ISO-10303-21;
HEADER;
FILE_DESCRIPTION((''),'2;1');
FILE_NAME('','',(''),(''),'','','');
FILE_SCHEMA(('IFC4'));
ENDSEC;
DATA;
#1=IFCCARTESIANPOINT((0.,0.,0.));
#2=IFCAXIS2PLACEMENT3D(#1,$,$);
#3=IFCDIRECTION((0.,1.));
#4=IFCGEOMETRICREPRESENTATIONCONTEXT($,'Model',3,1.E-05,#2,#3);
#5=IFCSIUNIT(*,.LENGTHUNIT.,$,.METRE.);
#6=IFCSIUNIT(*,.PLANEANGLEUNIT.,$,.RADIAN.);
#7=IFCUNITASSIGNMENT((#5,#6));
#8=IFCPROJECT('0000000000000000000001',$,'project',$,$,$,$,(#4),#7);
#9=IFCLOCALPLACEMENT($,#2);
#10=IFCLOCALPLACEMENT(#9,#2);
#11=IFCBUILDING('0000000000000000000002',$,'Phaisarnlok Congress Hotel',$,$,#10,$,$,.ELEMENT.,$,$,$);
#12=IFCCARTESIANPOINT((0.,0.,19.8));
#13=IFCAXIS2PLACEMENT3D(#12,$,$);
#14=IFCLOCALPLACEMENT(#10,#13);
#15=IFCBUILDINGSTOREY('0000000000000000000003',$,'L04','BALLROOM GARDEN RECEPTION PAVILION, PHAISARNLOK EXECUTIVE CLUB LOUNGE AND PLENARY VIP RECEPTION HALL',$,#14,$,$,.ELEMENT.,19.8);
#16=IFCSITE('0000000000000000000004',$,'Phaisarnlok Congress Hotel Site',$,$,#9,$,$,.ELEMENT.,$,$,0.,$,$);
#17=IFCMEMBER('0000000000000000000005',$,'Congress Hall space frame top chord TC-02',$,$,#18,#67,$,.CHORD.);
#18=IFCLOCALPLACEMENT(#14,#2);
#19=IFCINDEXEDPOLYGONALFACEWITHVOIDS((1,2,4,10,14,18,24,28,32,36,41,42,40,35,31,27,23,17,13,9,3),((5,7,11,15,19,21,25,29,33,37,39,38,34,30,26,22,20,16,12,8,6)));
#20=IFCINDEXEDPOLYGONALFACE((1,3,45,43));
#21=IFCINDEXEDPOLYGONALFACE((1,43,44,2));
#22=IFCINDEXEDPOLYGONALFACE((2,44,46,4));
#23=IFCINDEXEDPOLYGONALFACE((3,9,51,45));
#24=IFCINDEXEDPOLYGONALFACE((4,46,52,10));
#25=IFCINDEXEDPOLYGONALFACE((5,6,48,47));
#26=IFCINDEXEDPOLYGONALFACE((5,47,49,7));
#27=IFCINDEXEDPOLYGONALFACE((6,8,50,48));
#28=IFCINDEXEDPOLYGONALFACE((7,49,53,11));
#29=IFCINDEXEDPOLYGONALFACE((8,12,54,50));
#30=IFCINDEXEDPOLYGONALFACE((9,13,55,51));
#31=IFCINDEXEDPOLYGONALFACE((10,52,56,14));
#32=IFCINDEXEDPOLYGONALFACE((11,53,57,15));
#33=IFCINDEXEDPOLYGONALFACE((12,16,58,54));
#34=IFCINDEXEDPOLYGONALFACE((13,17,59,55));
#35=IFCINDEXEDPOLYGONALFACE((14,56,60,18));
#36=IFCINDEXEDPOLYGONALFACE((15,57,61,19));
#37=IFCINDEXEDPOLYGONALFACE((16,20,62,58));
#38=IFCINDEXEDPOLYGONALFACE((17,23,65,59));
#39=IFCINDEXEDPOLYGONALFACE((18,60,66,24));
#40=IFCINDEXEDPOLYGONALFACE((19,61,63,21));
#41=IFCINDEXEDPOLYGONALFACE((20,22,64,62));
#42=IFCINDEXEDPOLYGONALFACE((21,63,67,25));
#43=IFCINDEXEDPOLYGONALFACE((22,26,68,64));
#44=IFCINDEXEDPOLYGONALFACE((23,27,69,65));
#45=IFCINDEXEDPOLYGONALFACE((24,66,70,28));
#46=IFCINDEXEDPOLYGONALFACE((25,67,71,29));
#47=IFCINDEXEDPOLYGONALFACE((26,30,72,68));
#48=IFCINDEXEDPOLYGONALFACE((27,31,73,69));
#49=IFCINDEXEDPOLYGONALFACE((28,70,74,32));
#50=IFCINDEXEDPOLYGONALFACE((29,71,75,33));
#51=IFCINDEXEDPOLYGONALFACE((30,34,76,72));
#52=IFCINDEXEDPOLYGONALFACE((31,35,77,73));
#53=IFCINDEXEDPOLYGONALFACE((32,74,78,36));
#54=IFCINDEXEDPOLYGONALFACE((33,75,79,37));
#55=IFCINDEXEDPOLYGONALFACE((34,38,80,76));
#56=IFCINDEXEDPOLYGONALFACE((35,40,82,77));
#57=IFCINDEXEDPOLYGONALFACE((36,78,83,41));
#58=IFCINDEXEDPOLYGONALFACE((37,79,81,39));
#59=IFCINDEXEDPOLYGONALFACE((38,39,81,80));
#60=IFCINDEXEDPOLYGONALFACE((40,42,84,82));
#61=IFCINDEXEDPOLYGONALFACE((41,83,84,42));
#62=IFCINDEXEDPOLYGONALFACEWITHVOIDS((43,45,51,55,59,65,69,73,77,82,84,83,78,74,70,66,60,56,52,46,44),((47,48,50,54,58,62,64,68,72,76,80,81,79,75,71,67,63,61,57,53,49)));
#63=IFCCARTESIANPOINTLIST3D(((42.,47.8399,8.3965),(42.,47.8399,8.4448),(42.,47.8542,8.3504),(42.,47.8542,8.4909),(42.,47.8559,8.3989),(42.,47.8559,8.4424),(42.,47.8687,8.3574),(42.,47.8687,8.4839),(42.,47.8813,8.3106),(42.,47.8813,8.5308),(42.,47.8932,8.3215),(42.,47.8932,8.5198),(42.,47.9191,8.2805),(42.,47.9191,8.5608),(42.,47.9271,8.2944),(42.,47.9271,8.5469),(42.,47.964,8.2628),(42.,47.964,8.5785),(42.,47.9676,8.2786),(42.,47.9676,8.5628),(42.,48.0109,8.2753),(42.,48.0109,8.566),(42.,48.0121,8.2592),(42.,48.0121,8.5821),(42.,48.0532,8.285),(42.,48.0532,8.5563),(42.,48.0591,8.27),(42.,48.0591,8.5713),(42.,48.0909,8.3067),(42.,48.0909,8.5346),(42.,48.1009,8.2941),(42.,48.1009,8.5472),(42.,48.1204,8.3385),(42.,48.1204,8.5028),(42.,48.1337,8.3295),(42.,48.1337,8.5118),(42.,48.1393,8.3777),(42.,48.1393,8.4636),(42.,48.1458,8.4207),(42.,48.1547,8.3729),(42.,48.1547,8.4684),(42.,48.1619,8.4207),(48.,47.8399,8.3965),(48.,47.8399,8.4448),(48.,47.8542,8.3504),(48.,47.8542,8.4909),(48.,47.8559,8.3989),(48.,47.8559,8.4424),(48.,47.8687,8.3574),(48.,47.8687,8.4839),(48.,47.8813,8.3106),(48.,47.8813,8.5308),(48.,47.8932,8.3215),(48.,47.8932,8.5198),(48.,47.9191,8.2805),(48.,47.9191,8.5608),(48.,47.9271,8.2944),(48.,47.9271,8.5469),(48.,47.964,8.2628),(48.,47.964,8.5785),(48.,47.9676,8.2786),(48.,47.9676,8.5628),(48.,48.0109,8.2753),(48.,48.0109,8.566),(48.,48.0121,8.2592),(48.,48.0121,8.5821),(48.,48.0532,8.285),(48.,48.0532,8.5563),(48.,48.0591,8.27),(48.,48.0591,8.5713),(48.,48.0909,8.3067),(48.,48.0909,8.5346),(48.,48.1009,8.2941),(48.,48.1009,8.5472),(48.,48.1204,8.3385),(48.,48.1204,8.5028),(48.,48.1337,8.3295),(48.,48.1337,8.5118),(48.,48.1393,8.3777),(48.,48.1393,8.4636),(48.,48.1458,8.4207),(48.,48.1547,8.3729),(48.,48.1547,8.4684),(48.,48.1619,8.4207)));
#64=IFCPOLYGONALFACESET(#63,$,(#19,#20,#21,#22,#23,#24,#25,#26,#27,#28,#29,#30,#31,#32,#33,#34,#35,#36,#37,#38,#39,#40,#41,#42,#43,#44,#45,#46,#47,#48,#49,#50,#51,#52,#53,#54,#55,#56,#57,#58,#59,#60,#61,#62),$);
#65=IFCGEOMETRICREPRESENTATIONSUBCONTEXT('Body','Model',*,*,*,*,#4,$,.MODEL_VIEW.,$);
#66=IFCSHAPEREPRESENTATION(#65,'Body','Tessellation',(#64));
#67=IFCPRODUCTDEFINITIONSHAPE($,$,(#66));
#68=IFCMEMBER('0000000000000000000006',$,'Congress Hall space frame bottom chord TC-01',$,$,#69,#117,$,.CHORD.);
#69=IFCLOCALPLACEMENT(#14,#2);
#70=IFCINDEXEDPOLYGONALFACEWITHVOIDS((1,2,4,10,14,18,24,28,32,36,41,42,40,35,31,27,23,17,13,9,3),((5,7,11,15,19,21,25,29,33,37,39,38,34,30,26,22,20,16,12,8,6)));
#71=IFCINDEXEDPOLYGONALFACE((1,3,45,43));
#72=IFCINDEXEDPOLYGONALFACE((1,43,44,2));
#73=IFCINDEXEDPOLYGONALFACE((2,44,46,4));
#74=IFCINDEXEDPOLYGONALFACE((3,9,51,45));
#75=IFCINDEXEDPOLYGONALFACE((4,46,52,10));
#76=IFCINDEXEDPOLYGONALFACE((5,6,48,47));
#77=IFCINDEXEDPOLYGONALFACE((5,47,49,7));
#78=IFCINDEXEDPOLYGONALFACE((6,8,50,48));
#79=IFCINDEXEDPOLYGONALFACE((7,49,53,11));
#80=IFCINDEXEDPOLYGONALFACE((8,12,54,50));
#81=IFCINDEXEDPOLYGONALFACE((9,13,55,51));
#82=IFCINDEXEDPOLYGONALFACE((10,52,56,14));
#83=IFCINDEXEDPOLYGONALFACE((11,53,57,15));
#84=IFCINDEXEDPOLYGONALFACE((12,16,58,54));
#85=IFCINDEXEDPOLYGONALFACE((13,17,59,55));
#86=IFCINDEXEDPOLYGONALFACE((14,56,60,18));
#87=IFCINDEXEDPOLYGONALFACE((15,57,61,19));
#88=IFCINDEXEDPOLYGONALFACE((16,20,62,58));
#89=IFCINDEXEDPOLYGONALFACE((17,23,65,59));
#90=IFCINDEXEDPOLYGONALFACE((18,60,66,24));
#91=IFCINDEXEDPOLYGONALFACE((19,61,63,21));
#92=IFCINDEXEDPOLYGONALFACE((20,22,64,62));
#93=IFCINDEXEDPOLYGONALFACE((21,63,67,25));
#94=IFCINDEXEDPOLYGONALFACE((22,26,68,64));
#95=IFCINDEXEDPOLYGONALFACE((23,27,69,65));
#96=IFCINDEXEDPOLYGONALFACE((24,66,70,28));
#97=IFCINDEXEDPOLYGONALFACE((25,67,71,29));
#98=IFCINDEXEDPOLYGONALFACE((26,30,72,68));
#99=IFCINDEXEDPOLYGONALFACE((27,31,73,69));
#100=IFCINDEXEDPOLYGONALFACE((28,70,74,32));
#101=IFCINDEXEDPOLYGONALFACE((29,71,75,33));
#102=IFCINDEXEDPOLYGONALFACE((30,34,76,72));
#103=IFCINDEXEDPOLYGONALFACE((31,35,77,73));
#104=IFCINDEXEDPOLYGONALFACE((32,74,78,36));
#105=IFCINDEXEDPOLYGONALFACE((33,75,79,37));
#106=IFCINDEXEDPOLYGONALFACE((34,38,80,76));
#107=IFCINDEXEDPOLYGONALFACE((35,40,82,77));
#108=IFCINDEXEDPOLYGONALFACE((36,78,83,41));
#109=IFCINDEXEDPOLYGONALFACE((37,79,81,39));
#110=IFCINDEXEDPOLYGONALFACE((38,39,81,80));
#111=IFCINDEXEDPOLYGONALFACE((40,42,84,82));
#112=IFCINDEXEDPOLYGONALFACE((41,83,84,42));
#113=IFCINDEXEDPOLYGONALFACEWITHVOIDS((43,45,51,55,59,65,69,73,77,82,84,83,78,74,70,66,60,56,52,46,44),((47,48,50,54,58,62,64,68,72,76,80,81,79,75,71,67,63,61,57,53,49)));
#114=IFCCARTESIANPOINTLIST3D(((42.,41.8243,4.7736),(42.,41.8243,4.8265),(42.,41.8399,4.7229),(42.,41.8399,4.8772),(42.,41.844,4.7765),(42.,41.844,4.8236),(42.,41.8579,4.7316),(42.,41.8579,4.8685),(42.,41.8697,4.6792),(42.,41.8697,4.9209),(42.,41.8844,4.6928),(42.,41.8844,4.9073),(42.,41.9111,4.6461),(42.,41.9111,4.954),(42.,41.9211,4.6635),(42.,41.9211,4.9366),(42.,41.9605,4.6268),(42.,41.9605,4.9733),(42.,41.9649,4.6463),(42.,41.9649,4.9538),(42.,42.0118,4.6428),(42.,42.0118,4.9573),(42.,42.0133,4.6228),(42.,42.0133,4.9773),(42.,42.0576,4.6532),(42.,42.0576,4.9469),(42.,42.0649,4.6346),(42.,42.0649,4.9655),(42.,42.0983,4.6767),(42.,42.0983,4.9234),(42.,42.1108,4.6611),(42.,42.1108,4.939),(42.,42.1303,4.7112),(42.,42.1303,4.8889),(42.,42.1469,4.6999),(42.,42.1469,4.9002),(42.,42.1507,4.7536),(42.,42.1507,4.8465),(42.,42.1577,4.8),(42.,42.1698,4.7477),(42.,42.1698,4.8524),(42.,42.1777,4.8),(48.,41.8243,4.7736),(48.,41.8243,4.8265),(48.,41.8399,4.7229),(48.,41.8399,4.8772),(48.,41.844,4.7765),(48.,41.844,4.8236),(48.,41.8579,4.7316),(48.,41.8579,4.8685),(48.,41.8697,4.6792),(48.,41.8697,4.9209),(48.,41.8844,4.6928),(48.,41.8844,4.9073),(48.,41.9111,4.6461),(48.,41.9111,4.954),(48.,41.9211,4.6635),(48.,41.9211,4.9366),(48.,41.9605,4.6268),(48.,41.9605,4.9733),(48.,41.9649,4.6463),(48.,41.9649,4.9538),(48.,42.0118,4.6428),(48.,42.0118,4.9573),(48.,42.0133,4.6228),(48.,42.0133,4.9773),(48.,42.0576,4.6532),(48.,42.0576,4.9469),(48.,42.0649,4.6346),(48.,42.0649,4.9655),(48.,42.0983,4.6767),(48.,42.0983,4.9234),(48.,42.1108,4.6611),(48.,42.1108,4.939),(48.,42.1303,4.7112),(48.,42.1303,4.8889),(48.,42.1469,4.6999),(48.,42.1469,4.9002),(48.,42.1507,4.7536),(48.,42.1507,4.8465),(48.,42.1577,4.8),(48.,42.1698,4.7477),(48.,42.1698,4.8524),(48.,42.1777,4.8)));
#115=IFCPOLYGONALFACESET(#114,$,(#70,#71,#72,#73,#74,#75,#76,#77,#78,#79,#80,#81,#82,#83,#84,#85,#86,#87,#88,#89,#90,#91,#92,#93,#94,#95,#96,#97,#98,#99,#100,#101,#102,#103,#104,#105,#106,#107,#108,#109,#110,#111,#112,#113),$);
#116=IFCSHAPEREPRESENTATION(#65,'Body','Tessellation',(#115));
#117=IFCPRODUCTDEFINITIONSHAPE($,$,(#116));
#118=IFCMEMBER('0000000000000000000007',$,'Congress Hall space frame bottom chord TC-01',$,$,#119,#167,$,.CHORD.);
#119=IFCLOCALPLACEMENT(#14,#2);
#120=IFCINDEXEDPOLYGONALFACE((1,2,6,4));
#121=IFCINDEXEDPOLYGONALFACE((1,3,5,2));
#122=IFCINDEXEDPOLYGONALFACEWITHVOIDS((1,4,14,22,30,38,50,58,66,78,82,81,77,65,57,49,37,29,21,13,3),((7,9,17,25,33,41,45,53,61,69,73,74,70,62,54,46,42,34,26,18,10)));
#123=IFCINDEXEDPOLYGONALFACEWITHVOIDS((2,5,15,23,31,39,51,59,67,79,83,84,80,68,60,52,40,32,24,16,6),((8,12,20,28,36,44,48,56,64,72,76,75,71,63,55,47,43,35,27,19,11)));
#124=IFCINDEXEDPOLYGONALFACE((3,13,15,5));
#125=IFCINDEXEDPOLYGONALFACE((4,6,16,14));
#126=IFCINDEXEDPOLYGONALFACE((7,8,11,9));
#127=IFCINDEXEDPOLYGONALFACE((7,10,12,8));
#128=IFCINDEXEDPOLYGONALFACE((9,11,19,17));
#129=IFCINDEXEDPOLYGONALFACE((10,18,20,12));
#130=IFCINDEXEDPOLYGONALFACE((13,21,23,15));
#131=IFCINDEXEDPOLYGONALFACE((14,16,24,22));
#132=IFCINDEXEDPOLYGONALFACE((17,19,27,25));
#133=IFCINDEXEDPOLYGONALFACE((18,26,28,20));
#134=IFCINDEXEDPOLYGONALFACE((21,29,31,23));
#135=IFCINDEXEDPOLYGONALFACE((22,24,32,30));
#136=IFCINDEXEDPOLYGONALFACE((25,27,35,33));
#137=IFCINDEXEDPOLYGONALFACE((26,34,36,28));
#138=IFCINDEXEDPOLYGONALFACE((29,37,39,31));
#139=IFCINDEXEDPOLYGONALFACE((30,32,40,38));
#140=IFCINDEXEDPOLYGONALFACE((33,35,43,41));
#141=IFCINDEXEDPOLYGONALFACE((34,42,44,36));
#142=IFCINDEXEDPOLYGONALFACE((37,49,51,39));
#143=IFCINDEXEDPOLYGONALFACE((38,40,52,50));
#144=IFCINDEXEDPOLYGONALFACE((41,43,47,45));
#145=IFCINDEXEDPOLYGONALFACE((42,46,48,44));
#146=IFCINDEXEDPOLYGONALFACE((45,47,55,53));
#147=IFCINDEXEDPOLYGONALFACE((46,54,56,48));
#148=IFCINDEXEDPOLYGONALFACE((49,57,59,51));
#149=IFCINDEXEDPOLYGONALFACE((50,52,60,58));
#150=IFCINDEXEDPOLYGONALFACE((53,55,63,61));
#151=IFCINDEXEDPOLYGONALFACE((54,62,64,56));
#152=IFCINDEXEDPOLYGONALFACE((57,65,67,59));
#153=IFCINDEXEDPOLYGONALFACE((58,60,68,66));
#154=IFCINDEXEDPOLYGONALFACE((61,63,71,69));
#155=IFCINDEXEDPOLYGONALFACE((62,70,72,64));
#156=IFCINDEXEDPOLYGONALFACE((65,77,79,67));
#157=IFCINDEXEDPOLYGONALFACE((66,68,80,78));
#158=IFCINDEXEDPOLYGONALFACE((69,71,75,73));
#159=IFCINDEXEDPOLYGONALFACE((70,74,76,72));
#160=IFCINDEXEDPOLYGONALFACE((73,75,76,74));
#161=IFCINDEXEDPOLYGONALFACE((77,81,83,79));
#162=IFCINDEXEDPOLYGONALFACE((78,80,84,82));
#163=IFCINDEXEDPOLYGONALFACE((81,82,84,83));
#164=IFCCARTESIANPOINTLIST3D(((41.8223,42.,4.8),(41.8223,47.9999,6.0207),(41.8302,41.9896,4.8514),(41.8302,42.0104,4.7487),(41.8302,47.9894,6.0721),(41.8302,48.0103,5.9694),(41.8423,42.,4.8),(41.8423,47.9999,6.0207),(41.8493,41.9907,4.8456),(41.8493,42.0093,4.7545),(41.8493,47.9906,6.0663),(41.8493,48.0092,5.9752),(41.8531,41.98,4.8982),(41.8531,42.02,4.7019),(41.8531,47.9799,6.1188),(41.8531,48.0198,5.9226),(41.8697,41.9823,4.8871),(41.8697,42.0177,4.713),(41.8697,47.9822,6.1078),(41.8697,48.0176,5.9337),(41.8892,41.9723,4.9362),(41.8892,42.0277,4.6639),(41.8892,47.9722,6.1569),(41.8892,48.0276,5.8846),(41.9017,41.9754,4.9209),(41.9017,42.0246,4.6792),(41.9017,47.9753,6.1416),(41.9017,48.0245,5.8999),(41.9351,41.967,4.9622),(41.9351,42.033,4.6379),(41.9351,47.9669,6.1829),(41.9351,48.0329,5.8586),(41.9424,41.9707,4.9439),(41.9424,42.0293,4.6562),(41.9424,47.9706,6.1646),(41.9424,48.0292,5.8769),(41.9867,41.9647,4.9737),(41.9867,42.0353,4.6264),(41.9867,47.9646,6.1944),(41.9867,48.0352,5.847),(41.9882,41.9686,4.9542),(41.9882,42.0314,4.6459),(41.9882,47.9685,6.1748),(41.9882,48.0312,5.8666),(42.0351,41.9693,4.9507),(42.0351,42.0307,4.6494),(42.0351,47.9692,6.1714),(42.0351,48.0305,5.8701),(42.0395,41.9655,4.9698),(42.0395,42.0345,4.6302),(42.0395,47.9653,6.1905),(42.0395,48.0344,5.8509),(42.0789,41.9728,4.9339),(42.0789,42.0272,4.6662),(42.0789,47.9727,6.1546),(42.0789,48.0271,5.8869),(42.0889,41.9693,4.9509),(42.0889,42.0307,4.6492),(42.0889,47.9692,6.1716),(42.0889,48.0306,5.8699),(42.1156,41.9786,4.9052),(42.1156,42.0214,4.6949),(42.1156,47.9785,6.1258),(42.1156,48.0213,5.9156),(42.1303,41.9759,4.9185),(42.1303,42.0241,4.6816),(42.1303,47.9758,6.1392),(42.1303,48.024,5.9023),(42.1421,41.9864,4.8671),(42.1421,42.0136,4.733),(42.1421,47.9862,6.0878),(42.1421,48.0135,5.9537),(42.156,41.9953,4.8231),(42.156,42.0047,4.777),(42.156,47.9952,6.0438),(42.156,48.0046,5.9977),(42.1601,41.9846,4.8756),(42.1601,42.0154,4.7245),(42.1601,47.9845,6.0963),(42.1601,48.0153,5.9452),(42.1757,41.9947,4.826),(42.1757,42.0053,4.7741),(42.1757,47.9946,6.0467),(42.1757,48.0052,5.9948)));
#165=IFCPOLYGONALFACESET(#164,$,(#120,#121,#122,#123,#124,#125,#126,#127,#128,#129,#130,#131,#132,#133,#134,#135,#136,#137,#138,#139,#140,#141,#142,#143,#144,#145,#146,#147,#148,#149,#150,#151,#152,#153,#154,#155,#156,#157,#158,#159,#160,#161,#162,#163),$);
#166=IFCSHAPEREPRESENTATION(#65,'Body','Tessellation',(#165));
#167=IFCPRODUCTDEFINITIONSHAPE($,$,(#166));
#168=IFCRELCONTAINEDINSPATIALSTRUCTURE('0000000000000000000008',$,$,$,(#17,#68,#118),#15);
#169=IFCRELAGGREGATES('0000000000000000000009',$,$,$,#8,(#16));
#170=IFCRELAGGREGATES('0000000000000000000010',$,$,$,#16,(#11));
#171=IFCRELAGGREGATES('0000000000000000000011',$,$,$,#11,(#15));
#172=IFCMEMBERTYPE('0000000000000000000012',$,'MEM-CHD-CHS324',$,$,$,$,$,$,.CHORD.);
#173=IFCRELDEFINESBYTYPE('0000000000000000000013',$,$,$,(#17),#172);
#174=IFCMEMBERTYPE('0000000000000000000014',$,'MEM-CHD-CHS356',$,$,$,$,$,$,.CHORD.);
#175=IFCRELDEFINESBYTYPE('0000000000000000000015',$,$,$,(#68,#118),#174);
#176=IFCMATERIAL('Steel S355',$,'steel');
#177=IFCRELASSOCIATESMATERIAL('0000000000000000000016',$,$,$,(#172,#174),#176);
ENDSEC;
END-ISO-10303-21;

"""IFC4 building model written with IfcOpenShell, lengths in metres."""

from ifc_helpers import new_model, si_unit, direction, frame, origin, origin_2d, place, context, subcontext, project, spatial, hollow_circle, extrude, material, material_profile, profile_set, type_object, element, save


model = new_model("IFC4")

# Units and contexts
model_context = context("Model", 3, precision=1e-05, world=origin(), true_north=direction((0.0, 1.0)))
body_context = subcontext(model_context, "Body", "Model", "MODEL_VIEW")
ifc_project = project(units=[si_unit("LENGTHUNIT", "METRE"), si_unit("PLANEANGLEUNIT", "RADIAN")], contexts=[model_context])

# Site, building, storey
site_placement = place(None, origin())
site = spatial("IfcSite", under=ifc_project, at=site_placement, Name="Phaisarnlok Congress Hotel Site", CompositionType="ELEMENT", RefElevation=0.0)
building_placement = place(site_placement, origin())
building = spatial("IfcBuilding", under=site, at=building_placement, Name="Phaisarnlok Congress Hotel", CompositionType="ELEMENT")
storey_placement = place(building_placement, frame((0.0, 0.0, 19.8)))
storey = spatial("IfcBuildingStorey", under=building, at=storey_placement, Name="L04", Description="BALLROOM GARDEN RECEPTION PAVILION, PHAISARNLOK EXECUTIVE CLUB LOUNGE AND PLENARY VIP RECEPTION HALL", CompositionType="ELEMENT", Elevation=19.8)

# Members
ifc_material_1 = material(Name="Steel S355", Category="steel")
ifc_material_profile_1 = material_profile(ifc_material_1, hollow_circle(Radius=0.1619, WallThickness=0.0161, at=origin_2d()), Name="CHS 323.9x16")
ifc_profile_set_1 = profile_set([ifc_material_profile_1], Name="Steel S355")
member_type_1 = type_object("IfcMemberType", Name="MEM-CHD-CHS324", PredefinedType="CHORD", material=ifc_profile_set_1)
member_1_placement = place(storey_placement, frame((42.0, 48.0, 8.4207), z_axis=(1.0, 0.0, 0.0), x_axis=(0.0, 1.0, 0.0)))
element("IfcMember", 1, at=member_1_placement, inside=storey, type_object=member_type_1, Name="Congress Hall space frame top chord TC-02", PredefinedType="CHORD", context=body_context, shape_type="SweptSolid", body=[
    extrude(hollow_circle(Radius=0.1619, WallThickness=0.0161, at=origin_2d()), origin(), (0.0, 0.0, 1.0), 6.0),
])
ifc_material_profile_2 = material_profile(ifc_material_1, hollow_circle(Radius=0.1777, WallThickness=0.02, at=origin_2d()), Name="CHS 355.6x20")
ifc_profile_set_2 = profile_set([ifc_material_profile_2], Name="Steel S355")
member_type_2 = type_object("IfcMemberType", Name="MEM-CHD-CHS356", PredefinedType="CHORD", material=ifc_profile_set_2)
member_2_placement = place(storey_placement, frame((42.0, 42.0, 4.8), z_axis=(1.0, 0.0, 0.0), x_axis=(0.0, 1.0, 0.0)))
element("IfcMember", 2, at=member_2_placement, inside=storey, type_object=member_type_2, Name="Congress Hall space frame bottom chord TC-01", PredefinedType="CHORD", context=body_context, shape_type="SweptSolid", body=[
    extrude(hollow_circle(Radius=0.1777, WallThickness=0.02, at=origin_2d()), origin(), (0.0, 0.0, 1.0), 6.0),
])
member_3_placement = place(storey_placement, frame((42.0, 42.0, 4.8), z_axis=(0.0, 0.979925, 0.199366), x_axis=(-1.0, 0.0, 0.0)))
element("IfcMember", 3, at=member_3_placement, inside=storey, type_object=member_type_2, Name="Congress Hall space frame bottom chord TC-01", PredefinedType="CHORD", context=body_context, shape_type="SweptSolid", body=[
    extrude(hollow_circle(Radius=0.1777, WallThickness=0.02, at=origin_2d()), origin(), (0.0, 0.0, 1.0), 6.1228),
])

save(model, "model.ifc")
